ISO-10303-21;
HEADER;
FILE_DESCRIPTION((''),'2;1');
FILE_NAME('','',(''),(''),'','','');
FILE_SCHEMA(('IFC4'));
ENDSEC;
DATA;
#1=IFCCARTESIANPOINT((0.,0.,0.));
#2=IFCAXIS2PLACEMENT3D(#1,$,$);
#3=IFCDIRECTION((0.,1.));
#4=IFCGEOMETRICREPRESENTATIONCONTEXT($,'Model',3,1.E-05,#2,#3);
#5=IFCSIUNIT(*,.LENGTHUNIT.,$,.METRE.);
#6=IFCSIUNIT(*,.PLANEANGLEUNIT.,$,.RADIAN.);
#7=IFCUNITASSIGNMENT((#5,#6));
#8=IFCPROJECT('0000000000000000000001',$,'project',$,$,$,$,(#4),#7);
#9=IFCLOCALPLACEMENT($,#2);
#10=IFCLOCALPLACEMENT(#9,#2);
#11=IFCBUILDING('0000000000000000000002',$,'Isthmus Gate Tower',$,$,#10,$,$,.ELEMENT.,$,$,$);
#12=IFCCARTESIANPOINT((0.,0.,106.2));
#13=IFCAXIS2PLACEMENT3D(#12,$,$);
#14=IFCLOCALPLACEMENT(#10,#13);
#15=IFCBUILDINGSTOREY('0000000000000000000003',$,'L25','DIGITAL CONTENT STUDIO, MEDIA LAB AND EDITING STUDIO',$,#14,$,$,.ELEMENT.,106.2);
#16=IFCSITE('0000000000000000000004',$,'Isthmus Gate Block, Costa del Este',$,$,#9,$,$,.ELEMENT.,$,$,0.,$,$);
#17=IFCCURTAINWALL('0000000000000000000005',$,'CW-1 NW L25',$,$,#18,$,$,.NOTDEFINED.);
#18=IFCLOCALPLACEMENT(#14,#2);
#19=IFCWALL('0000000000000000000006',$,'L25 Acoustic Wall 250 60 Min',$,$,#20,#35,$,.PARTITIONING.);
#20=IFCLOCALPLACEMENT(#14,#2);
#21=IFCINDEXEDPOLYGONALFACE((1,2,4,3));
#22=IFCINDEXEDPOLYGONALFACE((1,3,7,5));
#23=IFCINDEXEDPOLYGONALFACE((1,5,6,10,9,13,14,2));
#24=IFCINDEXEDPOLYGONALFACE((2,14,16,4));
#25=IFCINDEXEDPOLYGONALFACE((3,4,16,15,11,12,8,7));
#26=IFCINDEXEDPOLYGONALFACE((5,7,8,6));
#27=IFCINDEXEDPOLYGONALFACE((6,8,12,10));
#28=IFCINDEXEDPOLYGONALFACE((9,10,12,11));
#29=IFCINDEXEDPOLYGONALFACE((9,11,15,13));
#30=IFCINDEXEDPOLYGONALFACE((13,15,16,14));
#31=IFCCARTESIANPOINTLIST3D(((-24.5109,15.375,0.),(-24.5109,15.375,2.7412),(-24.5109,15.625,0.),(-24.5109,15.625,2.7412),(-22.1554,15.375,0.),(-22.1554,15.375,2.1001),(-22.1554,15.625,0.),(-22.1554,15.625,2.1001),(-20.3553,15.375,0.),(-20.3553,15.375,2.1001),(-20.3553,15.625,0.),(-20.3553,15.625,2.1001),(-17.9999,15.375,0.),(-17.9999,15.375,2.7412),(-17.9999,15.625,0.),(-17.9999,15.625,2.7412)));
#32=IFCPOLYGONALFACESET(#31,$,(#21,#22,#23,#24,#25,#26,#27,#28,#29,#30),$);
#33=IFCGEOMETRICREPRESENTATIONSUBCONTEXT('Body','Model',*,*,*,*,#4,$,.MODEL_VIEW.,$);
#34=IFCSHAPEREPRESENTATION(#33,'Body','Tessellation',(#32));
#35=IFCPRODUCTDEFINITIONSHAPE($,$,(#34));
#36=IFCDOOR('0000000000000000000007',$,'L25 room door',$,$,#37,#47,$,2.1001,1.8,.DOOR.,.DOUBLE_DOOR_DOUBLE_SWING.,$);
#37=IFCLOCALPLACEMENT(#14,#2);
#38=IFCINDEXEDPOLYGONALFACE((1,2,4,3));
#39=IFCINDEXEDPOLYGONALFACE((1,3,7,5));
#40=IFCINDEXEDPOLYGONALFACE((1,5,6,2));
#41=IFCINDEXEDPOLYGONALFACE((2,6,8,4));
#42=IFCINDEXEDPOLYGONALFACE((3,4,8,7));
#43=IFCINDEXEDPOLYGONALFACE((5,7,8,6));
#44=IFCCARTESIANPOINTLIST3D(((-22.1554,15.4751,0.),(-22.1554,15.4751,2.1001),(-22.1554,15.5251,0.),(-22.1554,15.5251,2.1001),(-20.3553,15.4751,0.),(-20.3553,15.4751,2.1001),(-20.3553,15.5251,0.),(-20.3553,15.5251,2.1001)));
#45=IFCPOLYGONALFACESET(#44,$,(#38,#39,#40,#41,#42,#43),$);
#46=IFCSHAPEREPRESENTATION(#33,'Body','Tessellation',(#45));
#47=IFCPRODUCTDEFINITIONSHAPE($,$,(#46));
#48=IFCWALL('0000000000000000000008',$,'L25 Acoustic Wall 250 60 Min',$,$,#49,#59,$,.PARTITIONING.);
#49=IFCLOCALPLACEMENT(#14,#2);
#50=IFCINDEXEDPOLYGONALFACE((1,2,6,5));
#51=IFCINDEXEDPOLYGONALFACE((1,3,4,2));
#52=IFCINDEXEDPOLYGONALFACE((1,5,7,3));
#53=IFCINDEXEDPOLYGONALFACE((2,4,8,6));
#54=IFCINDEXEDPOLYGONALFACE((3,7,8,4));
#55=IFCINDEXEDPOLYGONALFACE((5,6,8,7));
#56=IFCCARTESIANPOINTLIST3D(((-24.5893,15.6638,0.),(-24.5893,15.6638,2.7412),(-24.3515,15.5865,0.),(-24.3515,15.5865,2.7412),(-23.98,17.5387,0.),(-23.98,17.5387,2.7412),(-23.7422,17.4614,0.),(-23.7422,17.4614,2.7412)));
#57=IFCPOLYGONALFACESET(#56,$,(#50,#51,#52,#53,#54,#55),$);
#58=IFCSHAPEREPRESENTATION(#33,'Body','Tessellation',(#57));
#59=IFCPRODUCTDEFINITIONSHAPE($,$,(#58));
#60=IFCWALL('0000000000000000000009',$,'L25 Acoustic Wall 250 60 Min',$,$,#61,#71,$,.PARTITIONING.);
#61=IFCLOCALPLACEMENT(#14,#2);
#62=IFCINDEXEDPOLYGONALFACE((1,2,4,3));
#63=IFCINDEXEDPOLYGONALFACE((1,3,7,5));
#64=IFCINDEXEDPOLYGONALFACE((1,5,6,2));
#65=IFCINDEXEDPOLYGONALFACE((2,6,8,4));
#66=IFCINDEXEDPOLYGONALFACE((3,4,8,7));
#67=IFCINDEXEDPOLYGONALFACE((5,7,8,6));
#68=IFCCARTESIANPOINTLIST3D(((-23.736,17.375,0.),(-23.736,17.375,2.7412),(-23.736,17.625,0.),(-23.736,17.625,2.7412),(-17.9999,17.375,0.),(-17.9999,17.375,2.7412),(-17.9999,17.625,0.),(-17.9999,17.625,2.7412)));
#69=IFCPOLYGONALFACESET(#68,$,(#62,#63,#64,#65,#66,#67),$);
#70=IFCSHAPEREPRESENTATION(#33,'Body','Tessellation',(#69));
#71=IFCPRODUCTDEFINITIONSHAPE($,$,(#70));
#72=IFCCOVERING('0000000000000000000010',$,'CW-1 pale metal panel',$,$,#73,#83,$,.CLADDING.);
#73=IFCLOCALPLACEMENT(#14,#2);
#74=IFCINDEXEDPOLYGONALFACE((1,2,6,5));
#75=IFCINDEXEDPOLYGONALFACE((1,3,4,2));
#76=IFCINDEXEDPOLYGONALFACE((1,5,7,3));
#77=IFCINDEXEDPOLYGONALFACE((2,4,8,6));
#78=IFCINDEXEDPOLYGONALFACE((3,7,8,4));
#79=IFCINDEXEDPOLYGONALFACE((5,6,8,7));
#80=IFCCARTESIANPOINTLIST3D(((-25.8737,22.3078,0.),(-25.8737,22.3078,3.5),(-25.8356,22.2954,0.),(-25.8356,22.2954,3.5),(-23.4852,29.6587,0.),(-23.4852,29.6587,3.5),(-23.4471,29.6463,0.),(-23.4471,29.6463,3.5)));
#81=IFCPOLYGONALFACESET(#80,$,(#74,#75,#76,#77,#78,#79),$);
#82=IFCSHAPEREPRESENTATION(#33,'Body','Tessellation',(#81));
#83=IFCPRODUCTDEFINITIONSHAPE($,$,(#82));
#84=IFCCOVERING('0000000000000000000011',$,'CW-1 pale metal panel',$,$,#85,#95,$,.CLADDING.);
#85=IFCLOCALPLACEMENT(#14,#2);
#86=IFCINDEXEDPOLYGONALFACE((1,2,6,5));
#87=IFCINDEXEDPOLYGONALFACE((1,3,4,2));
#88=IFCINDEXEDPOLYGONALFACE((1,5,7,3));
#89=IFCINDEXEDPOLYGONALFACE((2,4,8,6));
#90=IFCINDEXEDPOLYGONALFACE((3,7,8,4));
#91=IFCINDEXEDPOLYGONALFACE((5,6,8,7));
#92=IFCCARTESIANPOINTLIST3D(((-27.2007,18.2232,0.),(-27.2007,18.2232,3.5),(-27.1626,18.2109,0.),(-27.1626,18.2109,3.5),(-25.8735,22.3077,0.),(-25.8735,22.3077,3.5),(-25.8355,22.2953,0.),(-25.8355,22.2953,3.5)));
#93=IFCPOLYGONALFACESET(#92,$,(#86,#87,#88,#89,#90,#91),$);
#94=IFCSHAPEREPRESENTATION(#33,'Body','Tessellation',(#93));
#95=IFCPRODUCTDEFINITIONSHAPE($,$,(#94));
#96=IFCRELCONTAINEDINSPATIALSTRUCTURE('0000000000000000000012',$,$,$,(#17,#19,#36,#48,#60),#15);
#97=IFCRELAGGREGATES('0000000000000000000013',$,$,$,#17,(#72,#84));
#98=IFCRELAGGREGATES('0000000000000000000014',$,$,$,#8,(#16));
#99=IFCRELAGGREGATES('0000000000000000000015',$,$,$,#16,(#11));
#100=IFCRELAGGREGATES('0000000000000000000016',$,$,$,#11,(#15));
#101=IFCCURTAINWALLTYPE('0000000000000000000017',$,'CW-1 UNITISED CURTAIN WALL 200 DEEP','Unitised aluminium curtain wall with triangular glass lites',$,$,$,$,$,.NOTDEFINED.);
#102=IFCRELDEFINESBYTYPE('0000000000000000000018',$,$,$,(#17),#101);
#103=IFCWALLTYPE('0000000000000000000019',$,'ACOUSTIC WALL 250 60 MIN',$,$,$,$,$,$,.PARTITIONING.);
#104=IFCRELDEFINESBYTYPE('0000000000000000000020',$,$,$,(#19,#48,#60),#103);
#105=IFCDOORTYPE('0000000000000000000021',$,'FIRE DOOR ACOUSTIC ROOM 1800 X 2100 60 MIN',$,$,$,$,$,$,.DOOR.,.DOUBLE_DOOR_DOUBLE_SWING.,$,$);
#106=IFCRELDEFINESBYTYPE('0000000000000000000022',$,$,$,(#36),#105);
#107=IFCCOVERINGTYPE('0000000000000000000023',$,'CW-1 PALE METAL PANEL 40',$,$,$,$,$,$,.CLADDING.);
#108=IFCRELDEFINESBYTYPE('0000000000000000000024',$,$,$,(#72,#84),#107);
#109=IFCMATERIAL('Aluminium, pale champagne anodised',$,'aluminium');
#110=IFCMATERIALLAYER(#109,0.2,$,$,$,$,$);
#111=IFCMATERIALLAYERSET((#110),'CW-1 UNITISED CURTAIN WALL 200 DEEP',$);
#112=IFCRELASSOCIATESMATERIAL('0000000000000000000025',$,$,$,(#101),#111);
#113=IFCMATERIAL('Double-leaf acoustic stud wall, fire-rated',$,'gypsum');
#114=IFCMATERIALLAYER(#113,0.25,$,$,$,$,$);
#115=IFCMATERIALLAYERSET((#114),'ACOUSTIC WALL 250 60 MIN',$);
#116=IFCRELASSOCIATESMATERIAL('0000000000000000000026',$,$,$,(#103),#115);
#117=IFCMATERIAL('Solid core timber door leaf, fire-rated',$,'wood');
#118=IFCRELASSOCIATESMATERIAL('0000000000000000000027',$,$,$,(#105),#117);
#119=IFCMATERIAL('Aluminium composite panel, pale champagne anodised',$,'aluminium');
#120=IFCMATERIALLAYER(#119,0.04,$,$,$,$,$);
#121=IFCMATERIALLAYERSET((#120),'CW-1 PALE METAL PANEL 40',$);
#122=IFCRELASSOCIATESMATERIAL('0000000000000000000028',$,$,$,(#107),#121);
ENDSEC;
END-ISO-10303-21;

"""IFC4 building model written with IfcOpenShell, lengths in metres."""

from ifc_helpers import new_model, si_unit, direction, frame, frame_2d, origin, origin_2d, place, context, subcontext, project, spatial, rectangle, extrude, material, layer, layer_set, type_object, element, fill, aggregate, save


model = new_model("IFC4")

# Units and contexts
model_context = context("Model", 3, precision=1e-05, world=origin(), true_north=direction((0.0, 1.0)))
body_context = subcontext(model_context, "Body", "Model", "MODEL_VIEW")
ifc_project = project(units=[si_unit("LENGTHUNIT", "METRE"), si_unit("PLANEANGLEUNIT", "RADIAN")], contexts=[model_context])

# Site, building, storey
site_placement = place(None, origin())
site = spatial("IfcSite", under=ifc_project, at=site_placement, Name="Isthmus Gate Block, Costa del Este", CompositionType="ELEMENT", RefElevation=0.0)
building_placement = place(site_placement, origin())
building = spatial("IfcBuilding", under=site, at=building_placement, Name="Isthmus Gate Tower", CompositionType="ELEMENT")
storey_placement = place(building_placement, frame((0.0, 0.0, 106.2)))
storey = spatial("IfcBuildingStorey", under=building, at=storey_placement, Name="L25", Description="DIGITAL CONTENT STUDIO, MEDIA LAB AND EDITING STUDIO", CompositionType="ELEMENT", Elevation=106.2)

# Shared definitions
ifc_material_1 = material(Name="Aluminium, pale champagne anodised", Category="aluminium")
ifc_layer_1 = layer(ifc_material_1, 0.2)
ifc_layer_set_1 = layer_set([ifc_layer_1], Name="CW-1 UNITISED CURTAIN WALL 200 DEEP")
curtain_wall_type = type_object("IfcCurtainWallType", Name="CW-1 UNITISED CURTAIN WALL 200 DEEP", Description="Unitised aluminium curtain wall with triangular glass lites", PredefinedType="NOTDEFINED", material=ifc_layer_set_1)

# Curtain wall
curtain_wall_1_placement = place(storey_placement, origin())
curtain_wall_1 = element("IfcCurtainWall", 1, at=curtain_wall_1_placement, inside=storey, type_object=curtain_wall_type, Name="CW-1 NW L25", PredefinedType="NOTDEFINED")

# Wall, opening, door
ifc_material_2 = material(Name="Double-leaf acoustic stud wall, fire-rated", Category="gypsum")
ifc_layer_2 = layer(ifc_material_2, 0.25)
ifc_layer_set_2 = layer_set([ifc_layer_2], Name="ACOUSTIC WALL 250 60 MIN")
wall_type = type_object("IfcWallType", Name="ACOUSTIC WALL 250 60 MIN", PredefinedType="PARTITIONING", material=ifc_layer_set_2)
wall_1_placement = place(storey_placement, frame((-18.0, 15.5, 0.0), z_axis=(0.0, 0.0, 1.0), x_axis=(-1.0, 0.0, 0.0)))
wall_1 = element("IfcWall", 2, at=wall_1_placement, inside=storey, type_object=wall_type, Name="L25 Acoustic Wall 250 60 Min", PredefinedType="PARTITIONING", context=body_context, shape_type="SweptSolid", body=[
    extrude(rectangle(XDim=6.511, YDim=0.25, at=frame_2d((3.2554, 0.0))), origin(), (0.0, 0.0, 1.0), 2.7412),
])
opening_placement = place(wall_1_placement, frame((2.3555, 0.0, 0.0)))
opening = element("IfcOpeningElement", 3, at=opening_placement, cuts=wall_1, PredefinedType="OPENING", context=body_context, shape_type="SweptSolid", body=[
    extrude(rectangle(XDim=1.8, YDim=2.1001, at=frame_2d((0.8999, 1.05))), frame((0.0, 0.135, 0.0), z_axis=(0.0, -1.0, 0.0), x_axis=(1.0, 0.0, 0.0)), (0.0, 0.0, 1.0), 0.27),
])
ifc_material_3 = material(Name="Solid core timber door leaf, fire-rated", Category="wood")
door_type = type_object("IfcDoorType", Name="FIRE DOOR ACOUSTIC ROOM 1800 X 2100 60 MIN", OperationType="DOUBLE_DOOR_DOUBLE_SWING", PredefinedType="DOOR", material=ifc_material_3)
door_placement = place(opening_placement, origin())
door = element("IfcDoor", 4, at=door_placement, inside=storey, type_object=door_type, Name="L25 room door", OperationType="DOUBLE_DOOR_DOUBLE_SWING", OverallHeight=2.1001, OverallWidth=1.8, PredefinedType="DOOR", context=body_context, shape_type="SweptSolid", body=[
    extrude(rectangle(XDim=1.8, YDim=2.1001, at=frame_2d((0.8999, 1.05))), frame((0.0, 0.0249, 0.0), z_axis=(0.0, -1.0, 0.0), x_axis=(1.0, 0.0, 0.0)), (0.0, 0.0, 1.0), 0.05),
])
fill(opening, door)

# Walls
wall_2_placement = place(storey_placement, frame((-24.4705, 15.625, 0.0), z_axis=(0.0, 0.0, 1.0), x_axis=(0.309086, 0.951034, 0.0)))
element("IfcWall", 5, at=wall_2_placement, inside=storey, type_object=wall_type, Name="L25 Acoustic Wall 250 60 Min", PredefinedType="PARTITIONING", context=body_context, shape_type="SweptSolid", body=[
    extrude(rectangle(XDim=1.9714, YDim=0.25, at=frame_2d((0.9858, 0.0))), origin(), (0.0, 0.0, 1.0), 2.7412),
])
wall_3_placement = place(storey_placement, frame((-23.7361, 17.5, 0.0), z_axis=(0.0, 0.0, 1.0), x_axis=(1.0, 0.0, 0.0)))
element("IfcWall", 6, at=wall_3_placement, inside=storey, type_object=wall_type, Name="L25 Acoustic Wall 250 60 Min", PredefinedType="PARTITIONING", context=body_context, shape_type="SweptSolid", body=[
    extrude(rectangle(XDim=5.7361, YDim=0.25, at=frame_2d((2.8682, 0.0))), origin(), (0.0, 0.0, 1.0), 2.7412),
])

# Coverings
ifc_material_4 = material(Name="Aluminium composite panel, pale champagne anodised", Category="aluminium")
ifc_layer_3 = layer(ifc_material_4, 0.04)
ifc_layer_set_3 = layer_set([ifc_layer_3], Name="CW-1 PALE METAL PANEL 40")
covering_type = type_object("IfcCoveringType", Name="CW-1 PALE METAL PANEL 40", PredefinedType="CLADDING", material=ifc_layer_set_3)
covering_1_placement = place(storey_placement, frame((-24.6604, 25.9771, 0.0), z_axis=(0.0, 0.0, 1.0), x_axis=(-0.309017, -0.951057, 0.0)))
covering_1 = element("IfcCovering", 7, at=covering_1_placement, type_object=covering_type, Name="CW-1 pale metal panel", PredefinedType="CLADDING", context=body_context, shape_type="SweptSolid", body=[
    extrude(rectangle(XDim=7.7292, YDim=0.04, at=origin_2d()), origin(), (0.0, 0.0, 1.0), 3.5),
])
covering_2_placement = place(storey_placement, frame((-26.5181, 20.2593, 0.0), z_axis=(0.0, 0.0, 1.0), x_axis=(-0.309017, -0.951057, 0.0)))
covering_2 = element("IfcCovering", 8, at=covering_2_placement, type_object=covering_type, Name="CW-1 pale metal panel", PredefinedType="CLADDING", context=body_context, shape_type="SweptSolid", body=[
    extrude(rectangle(XDim=4.2947, YDim=0.04, at=origin_2d()), origin(), (0.0, 0.0, 1.0), 3.5),
])
aggregate(curtain_wall_1, [covering_1, covering_2])

save(model, "model.ifc")
